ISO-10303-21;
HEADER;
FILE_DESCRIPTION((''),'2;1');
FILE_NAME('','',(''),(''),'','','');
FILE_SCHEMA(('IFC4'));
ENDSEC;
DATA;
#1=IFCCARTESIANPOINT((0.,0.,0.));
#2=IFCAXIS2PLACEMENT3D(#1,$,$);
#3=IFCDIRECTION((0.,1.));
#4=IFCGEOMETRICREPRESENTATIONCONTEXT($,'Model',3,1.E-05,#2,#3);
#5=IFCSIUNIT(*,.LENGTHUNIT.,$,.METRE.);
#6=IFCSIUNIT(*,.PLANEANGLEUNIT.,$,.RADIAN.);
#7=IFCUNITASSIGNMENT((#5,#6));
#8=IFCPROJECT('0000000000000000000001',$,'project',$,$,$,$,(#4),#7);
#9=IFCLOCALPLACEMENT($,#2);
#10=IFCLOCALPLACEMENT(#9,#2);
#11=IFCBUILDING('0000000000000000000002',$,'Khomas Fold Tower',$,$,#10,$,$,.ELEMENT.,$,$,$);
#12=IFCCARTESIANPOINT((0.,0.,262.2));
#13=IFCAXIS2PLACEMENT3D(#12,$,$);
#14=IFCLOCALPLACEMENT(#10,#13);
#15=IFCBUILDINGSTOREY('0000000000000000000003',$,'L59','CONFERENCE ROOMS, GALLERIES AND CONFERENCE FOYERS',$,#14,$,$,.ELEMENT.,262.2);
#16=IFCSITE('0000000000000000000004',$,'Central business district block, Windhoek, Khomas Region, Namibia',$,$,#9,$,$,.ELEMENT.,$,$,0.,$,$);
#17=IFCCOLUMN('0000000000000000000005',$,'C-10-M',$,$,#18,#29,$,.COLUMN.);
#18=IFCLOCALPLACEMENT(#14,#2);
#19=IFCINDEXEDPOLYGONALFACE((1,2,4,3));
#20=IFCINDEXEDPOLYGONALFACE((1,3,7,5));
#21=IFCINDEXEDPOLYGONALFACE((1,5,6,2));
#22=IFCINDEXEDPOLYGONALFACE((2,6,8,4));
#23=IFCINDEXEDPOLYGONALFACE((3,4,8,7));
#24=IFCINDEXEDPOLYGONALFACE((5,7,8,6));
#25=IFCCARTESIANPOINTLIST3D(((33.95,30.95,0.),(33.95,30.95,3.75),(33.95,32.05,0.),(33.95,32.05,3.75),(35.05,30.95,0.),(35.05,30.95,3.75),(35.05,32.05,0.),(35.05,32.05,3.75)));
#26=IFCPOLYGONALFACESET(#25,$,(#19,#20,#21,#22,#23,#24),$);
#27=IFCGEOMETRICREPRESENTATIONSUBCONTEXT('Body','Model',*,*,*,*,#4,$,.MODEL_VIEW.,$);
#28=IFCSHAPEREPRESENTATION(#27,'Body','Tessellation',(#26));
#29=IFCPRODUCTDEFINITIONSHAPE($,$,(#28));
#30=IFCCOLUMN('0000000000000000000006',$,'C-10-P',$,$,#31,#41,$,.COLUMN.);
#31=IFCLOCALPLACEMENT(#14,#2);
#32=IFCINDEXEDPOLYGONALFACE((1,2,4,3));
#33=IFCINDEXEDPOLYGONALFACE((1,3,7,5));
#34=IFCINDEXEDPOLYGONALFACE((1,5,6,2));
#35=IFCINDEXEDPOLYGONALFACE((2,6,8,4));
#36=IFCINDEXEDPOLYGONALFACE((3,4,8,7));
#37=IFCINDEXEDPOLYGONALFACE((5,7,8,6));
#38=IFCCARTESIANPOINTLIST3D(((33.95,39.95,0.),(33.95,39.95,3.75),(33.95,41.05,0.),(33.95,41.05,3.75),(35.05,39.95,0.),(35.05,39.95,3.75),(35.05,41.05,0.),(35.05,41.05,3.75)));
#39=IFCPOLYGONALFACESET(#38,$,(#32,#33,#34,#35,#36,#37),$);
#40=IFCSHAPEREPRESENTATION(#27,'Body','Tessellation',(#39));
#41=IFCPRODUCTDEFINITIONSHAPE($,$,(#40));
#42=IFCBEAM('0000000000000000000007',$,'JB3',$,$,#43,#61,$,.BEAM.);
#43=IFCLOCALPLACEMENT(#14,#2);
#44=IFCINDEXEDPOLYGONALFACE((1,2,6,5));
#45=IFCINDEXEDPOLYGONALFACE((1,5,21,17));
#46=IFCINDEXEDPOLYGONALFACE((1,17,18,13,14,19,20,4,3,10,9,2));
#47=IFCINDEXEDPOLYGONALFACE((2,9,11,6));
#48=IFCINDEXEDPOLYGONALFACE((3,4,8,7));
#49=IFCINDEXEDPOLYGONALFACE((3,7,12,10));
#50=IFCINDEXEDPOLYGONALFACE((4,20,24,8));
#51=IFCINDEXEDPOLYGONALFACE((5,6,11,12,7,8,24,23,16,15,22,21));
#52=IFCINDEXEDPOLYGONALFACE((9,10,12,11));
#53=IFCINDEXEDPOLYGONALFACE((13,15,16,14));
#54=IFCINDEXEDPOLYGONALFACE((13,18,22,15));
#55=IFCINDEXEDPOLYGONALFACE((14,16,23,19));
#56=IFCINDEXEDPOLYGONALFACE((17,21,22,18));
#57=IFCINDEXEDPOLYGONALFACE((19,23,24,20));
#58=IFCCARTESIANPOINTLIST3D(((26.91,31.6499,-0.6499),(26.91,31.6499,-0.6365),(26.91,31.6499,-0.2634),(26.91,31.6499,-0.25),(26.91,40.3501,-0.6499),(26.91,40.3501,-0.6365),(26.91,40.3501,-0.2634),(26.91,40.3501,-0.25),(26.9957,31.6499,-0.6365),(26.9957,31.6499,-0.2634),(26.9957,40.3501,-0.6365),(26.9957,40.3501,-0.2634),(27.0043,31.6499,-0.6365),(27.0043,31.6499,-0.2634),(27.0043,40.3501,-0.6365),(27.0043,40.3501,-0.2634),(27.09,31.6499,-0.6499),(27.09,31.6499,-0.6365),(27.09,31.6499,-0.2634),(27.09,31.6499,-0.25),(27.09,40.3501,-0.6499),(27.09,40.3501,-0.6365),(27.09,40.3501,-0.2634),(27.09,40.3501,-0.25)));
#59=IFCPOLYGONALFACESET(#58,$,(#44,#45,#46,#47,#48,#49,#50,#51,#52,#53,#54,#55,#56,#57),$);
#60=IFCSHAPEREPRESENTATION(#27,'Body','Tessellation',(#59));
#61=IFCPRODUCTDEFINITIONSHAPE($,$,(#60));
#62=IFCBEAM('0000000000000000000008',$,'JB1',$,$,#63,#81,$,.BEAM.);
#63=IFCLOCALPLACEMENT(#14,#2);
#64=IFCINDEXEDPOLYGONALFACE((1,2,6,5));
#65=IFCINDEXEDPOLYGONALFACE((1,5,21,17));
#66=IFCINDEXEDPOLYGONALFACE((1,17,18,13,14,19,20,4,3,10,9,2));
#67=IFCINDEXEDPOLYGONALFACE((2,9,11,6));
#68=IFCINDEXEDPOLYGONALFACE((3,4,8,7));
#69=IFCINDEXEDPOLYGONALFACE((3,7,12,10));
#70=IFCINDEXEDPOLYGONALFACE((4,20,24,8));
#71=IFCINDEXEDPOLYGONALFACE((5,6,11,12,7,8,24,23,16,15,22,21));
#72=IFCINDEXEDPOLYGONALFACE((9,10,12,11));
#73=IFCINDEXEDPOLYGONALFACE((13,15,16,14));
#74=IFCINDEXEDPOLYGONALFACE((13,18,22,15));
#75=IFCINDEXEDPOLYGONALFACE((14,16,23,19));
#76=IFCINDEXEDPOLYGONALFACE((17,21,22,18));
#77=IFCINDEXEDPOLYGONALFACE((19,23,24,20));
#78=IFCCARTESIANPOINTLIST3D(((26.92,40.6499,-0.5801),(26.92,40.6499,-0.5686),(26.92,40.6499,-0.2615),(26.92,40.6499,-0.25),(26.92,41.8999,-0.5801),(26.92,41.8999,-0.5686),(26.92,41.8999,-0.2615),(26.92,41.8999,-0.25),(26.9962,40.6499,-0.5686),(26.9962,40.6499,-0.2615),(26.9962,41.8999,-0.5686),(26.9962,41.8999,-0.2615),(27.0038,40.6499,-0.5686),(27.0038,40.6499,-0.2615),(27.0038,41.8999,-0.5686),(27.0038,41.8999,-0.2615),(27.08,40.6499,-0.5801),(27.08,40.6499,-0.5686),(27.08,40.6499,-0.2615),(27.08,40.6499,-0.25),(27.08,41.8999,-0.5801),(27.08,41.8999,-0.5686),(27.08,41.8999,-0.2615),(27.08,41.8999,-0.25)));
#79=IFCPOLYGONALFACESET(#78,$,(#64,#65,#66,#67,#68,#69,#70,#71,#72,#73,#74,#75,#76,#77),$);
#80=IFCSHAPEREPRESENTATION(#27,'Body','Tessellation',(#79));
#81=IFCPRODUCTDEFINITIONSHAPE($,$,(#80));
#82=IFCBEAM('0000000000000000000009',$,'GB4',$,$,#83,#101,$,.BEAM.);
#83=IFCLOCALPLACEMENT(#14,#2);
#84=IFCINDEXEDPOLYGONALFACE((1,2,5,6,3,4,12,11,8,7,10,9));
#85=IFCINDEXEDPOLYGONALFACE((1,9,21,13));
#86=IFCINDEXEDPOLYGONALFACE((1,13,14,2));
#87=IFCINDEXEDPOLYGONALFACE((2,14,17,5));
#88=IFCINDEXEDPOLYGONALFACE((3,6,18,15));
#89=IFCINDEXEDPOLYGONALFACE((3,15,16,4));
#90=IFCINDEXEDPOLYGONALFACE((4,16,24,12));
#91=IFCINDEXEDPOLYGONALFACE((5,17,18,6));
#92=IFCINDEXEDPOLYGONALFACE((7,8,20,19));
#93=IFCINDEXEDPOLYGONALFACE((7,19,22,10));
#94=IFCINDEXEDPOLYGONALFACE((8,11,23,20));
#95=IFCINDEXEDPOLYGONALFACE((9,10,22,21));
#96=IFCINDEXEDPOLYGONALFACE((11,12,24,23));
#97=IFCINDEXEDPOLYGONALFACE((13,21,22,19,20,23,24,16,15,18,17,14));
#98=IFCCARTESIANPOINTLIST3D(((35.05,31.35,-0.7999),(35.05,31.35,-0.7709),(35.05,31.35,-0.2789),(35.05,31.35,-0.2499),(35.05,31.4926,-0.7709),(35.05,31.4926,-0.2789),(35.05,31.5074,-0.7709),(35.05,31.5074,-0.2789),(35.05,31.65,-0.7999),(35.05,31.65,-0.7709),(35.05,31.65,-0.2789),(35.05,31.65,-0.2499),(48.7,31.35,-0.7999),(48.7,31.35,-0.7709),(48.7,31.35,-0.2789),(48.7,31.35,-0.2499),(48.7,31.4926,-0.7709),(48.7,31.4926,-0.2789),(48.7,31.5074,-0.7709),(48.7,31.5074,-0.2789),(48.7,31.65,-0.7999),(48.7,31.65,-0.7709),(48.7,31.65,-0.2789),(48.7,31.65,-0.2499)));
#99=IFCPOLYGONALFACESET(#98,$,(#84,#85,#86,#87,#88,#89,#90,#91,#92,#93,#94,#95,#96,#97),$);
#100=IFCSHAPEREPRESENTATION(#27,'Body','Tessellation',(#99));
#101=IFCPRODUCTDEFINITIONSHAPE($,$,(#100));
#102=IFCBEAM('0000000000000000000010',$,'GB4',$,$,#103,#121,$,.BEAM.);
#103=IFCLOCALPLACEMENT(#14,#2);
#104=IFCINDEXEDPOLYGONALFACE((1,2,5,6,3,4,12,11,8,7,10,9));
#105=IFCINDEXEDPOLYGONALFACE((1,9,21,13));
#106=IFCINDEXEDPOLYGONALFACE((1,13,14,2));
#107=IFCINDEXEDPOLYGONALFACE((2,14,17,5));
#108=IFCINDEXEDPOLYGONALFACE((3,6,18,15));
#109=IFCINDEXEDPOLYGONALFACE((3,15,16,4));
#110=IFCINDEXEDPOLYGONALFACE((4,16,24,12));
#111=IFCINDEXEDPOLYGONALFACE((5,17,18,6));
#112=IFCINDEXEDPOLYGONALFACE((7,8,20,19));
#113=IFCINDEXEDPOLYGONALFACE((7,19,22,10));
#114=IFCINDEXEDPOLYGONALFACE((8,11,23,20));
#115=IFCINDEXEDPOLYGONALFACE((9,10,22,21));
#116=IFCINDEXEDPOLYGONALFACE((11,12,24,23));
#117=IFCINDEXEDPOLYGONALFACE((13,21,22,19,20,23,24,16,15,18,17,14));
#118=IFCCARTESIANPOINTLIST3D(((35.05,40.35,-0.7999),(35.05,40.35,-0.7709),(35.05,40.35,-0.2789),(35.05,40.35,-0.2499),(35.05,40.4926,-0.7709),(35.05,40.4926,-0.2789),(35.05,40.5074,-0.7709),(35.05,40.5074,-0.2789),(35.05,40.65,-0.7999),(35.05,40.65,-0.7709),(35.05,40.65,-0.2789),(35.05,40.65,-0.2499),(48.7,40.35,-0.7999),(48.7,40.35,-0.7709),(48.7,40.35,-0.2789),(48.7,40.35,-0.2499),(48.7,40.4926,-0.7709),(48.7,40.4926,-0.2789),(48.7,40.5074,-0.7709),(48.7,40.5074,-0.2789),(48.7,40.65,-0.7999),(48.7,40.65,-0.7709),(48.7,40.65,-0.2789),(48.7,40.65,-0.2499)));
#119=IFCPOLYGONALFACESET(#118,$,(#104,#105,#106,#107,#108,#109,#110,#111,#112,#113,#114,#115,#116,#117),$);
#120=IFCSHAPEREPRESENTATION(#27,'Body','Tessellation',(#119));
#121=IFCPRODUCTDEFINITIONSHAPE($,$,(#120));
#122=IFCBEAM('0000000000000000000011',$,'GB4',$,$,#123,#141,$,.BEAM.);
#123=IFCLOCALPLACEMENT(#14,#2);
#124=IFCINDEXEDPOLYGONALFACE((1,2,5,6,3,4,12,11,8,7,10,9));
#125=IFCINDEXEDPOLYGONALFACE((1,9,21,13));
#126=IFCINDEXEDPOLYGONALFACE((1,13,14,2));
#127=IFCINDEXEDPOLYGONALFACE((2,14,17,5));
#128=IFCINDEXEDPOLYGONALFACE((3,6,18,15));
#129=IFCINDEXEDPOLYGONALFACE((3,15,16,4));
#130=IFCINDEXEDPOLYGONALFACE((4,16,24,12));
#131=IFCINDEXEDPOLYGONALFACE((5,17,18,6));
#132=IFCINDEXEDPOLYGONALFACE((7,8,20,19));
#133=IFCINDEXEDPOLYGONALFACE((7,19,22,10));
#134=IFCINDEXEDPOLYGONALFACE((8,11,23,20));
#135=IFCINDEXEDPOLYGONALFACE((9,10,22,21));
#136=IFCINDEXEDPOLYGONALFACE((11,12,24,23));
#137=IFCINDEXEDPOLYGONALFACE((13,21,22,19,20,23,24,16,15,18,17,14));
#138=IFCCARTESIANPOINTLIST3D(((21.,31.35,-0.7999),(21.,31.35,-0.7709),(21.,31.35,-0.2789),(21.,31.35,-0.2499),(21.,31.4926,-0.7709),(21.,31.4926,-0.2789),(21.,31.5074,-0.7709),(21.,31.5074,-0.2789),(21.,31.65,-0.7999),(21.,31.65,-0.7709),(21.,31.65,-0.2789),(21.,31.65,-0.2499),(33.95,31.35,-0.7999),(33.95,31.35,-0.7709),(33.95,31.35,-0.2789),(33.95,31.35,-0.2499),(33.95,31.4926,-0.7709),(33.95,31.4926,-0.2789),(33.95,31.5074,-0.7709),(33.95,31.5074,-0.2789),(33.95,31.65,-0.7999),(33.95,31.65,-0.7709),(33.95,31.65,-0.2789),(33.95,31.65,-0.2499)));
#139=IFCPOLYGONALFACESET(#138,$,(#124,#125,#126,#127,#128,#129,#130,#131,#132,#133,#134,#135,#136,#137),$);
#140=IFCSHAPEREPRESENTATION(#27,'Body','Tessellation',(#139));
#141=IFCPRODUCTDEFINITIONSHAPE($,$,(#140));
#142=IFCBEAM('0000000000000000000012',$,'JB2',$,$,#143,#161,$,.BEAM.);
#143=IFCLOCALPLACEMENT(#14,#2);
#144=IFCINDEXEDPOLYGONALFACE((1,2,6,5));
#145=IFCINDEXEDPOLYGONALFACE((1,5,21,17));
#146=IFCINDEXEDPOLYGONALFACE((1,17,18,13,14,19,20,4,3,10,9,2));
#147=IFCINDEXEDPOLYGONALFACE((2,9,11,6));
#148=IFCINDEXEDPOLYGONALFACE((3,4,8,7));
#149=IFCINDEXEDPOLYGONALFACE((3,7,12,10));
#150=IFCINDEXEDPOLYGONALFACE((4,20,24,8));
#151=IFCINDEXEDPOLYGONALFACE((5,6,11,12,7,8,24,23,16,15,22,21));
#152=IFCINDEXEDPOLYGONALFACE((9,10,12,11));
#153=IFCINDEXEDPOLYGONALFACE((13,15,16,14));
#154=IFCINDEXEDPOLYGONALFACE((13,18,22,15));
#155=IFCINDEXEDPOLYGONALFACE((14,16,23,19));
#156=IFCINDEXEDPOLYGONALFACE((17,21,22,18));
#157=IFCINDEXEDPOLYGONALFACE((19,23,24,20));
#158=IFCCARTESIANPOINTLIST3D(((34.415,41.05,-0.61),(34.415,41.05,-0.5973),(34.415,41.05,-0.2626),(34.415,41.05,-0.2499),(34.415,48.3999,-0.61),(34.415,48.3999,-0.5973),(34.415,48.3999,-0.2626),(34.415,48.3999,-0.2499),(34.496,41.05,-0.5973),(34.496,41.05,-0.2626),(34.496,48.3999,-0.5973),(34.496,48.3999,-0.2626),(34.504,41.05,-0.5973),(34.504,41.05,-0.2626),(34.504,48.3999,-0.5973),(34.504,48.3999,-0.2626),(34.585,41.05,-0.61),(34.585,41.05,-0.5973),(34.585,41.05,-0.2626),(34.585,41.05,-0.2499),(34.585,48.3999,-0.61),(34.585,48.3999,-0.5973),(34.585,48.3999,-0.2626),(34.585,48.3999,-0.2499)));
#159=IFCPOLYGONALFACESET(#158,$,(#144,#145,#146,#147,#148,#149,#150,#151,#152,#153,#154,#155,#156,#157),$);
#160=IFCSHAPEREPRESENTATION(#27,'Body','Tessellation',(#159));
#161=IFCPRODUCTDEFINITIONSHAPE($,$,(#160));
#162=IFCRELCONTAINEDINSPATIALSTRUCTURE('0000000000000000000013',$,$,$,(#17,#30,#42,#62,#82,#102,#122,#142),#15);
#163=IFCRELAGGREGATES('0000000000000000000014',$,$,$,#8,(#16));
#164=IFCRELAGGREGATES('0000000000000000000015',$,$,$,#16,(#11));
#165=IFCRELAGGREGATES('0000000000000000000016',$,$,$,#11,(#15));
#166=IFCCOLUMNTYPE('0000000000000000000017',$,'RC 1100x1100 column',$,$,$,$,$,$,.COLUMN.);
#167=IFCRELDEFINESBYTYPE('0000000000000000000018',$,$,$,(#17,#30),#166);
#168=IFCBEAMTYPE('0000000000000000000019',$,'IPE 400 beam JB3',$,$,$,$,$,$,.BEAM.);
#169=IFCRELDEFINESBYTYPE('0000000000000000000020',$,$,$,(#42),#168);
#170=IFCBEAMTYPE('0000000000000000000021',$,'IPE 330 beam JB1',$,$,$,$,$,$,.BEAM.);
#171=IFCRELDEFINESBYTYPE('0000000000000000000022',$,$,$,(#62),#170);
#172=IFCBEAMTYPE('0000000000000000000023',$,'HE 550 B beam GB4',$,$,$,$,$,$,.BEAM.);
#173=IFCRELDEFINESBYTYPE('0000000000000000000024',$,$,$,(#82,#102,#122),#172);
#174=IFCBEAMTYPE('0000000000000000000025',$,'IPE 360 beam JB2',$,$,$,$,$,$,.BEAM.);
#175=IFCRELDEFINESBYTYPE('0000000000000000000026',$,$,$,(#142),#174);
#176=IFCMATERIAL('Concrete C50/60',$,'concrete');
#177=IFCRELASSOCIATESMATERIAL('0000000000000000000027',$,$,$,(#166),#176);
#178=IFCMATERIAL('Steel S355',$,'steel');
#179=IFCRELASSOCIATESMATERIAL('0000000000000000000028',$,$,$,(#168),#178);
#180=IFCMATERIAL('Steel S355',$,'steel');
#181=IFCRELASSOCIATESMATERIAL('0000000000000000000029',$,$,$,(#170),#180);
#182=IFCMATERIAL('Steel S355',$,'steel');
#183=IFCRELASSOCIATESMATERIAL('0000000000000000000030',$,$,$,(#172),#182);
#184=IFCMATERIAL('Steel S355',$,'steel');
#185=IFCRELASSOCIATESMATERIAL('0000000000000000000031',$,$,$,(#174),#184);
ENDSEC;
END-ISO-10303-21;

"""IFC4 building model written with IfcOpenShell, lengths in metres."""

from ifc_helpers import new_model, si_unit, direction, frame, origin, origin_2d, place, context, subcontext, project, spatial, rectangle, i_section, extrude, source, transform, mapped, material, material_profile, profile_set, type_object, element, save


model = new_model("IFC4")

# Units and contexts
model_context = context("Model", 3, precision=1e-05, world=origin(), true_north=direction((0.0, 1.0)))
body_context = subcontext(model_context, "Body", "Model", "MODEL_VIEW")
ifc_project = project(units=[si_unit("LENGTHUNIT", "METRE"), si_unit("PLANEANGLEUNIT", "RADIAN")], contexts=[model_context])

# Site, building, storey
site_placement = place(None, origin())
site = spatial("IfcSite", under=ifc_project, at=site_placement, Name="Central business district block, Windhoek, Khomas Region, Namibia", CompositionType="ELEMENT", RefElevation=0.0)
building_placement = place(site_placement, origin())
building = spatial("IfcBuilding", under=site, at=building_placement, Name="Khomas Fold Tower", CompositionType="ELEMENT")
storey_placement = place(building_placement, frame((0.0, 0.0, 262.2)))
storey = spatial("IfcBuildingStorey", under=building, at=storey_placement, Name="L59", Description="CONFERENCE ROOMS, GALLERIES AND CONFERENCE FOYERS", CompositionType="ELEMENT", Elevation=262.2)

# Columns
ifc_material_1 = material(Name="Concrete C50/60", Category="concrete")
ifc_material_profile_1 = material_profile(ifc_material_1, rectangle(XDim=1.1001, YDim=1.1001, at=origin_2d()), Name="RC 1100x1100")
ifc_profile_set_1 = profile_set([ifc_material_profile_1], Name="Concrete C50/60")
column_type = type_object("IfcColumnType", Name="RC 1100x1100 column", PredefinedType="COLUMN", material=ifc_profile_set_1)
shared_shape_1 = source(origin(), body_context, "Body", "SweptSolid", [
    extrude(rectangle(XDim=1.1001, YDim=1.1001, at=origin_2d()), origin(), (0.0, 0.0, 1.0), 3.75),
])
for number, where, z_axis, x_axis, name in (
    (1, (34.5, 31.5, 0.0), (0.0, 0.0, 1.0), (1.0, 0.0, 0.0), "C-10-M"),
    (2, (34.5, 40.5, 0.0), (0.0, 0.0, 1.0), (1.0, 0.0, 0.0), "C-10-P"),
):
    element("IfcColumn", number, at=place(storey_placement, frame(where, z_axis=z_axis, x_axis=x_axis)), inside=storey, type_object=column_type, Name=name, PredefinedType="COLUMN", context=body_context, shape_type="MappedRepresentation", body=[
        mapped(shared_shape_1, transform((0.0, 0.0, 0.0))),
    ])

# Beams
ifc_material_2 = material(Name="Steel S355", Category="steel")
ifc_material_profile_2 = material_profile(ifc_material_2, i_section(OverallWidth=0.1799, OverallDepth=0.3999, WebThickness=0.0085, FlangeThickness=0.0134, at=origin_2d()), Name="IPE 400")
ifc_profile_set_2 = profile_set([ifc_material_profile_2], Name="Steel S355")
beam_type_1 = type_object("IfcBeamType", Name="IPE 400 beam JB3", PredefinedType="BEAM", material=ifc_profile_set_2)
shared_shape_2 = source(origin(), body_context, "Body", "SweptSolid", [
    extrude(i_section(OverallWidth=0.1799, OverallDepth=0.3999, WebThickness=0.0085, FlangeThickness=0.0134, at=origin_2d()), origin(), (0.0, 0.0, 1.0), 8.7002),
])
beam_1_placement = place(storey_placement, frame((27.0, 31.6499, -0.45), z_axis=(0.0, 1.0, 0.0), x_axis=(-1.0, 0.0, 0.0)))
element("IfcBeam", 3, at=beam_1_placement, inside=storey, type_object=beam_type_1, Name="JB3", PredefinedType="BEAM", context=body_context, shape_type="MappedRepresentation", body=[
    mapped(shared_shape_2, transform((0.0, 0.0, 0.0))),
])
ifc_material_3 = material(Name="Steel S355", Category="steel")
ifc_material_profile_3 = material_profile(ifc_material_3, i_section(OverallWidth=0.1599, OverallDepth=0.3301, WebThickness=0.0076, FlangeThickness=0.0115, at=origin_2d()), Name="IPE 330")
ifc_profile_set_3 = profile_set([ifc_material_profile_3], Name="Steel S355")
beam_type_2 = type_object("IfcBeamType", Name="IPE 330 beam JB1", PredefinedType="BEAM", material=ifc_profile_set_3)
shared_shape_3 = source(origin(), body_context, "Body", "SweptSolid", [
    extrude(i_section(OverallWidth=0.1599, OverallDepth=0.3301, WebThickness=0.0076, FlangeThickness=0.0115, at=origin_2d()), origin(), (0.0, 0.0, 1.0), 1.25),
])
beam_2_placement = place(storey_placement, frame((27.0, 40.6499, -0.415), z_axis=(0.0, 1.0, 0.0), x_axis=(-1.0, 0.0, 0.0)))
element("IfcBeam", 4, at=beam_2_placement, inside=storey, type_object=beam_type_2, Name="JB1", PredefinedType="BEAM", context=body_context, shape_type="MappedRepresentation", body=[
    mapped(shared_shape_3, transform((0.0, 0.0, 0.0))),
])
ifc_material_4 = material(Name="Steel S355", Category="steel")
ifc_material_profile_4 = material_profile(ifc_material_4, i_section(OverallWidth=0.3, OverallDepth=0.55, WebThickness=0.0149, FlangeThickness=0.0291, at=origin_2d()), Name="HE 550 B")
ifc_profile_set_4 = profile_set([ifc_material_profile_4], Name="Steel S355")
beam_type_3 = type_object("IfcBeamType", Name="HE 550 B beam GB4", PredefinedType="BEAM", material=ifc_profile_set_4)
shared_shape_4 = source(origin(), body_context, "Body", "SweptSolid", [
    extrude(i_section(OverallWidth=0.3, OverallDepth=0.55, WebThickness=0.0149, FlangeThickness=0.0291, at=origin_2d()), origin(), (0.0, 0.0, 1.0), 13.6499),
])
for number, where, z_axis, x_axis, name in (
    (5, (35.05, 31.5, -0.5249), (1.0, 0.0, 0.0), (0.0, 1.0, 0.0), "GB4"),
    (6, (35.05, 40.5, -0.5249), (1.0, 0.0, 0.0), (0.0, 1.0, 0.0), "GB4"),
):
    element("IfcBeam", number, at=place(storey_placement, frame(where, z_axis=z_axis, x_axis=x_axis)), inside=storey, type_object=beam_type_3, Name=name, PredefinedType="BEAM", context=body_context, shape_type="MappedRepresentation", body=[
        mapped(shared_shape_4, transform((0.0, 0.0, 0.0))),
    ])
shared_shape_5 = source(origin(), body_context, "Body", "SweptSolid", [
    extrude(i_section(OverallWidth=0.3, OverallDepth=0.55, WebThickness=0.0149, FlangeThickness=0.0291, at=origin_2d()), origin(), (0.0, 0.0, 1.0), 12.95),
])
beam_3_placement = place(storey_placement, frame((21.0, 31.5, -0.5249), z_axis=(1.0, 0.0, 0.0), x_axis=(0.0, 1.0, 0.0)))
element("IfcBeam", 7, at=beam_3_placement, inside=storey, type_object=beam_type_3, Name="GB4", PredefinedType="BEAM", context=body_context, shape_type="MappedRepresentation", body=[
    mapped(shared_shape_5, transform((0.0, 0.0, 0.0))),
])
ifc_material_5 = material(Name="Steel S355", Category="steel")
ifc_material_profile_5 = material_profile(ifc_material_5, i_section(OverallWidth=0.1699, OverallDepth=0.3601, WebThickness=0.0081, FlangeThickness=0.0127, at=origin_2d()), Name="IPE 360")
ifc_profile_set_5 = profile_set([ifc_material_profile_5], Name="Steel S355")
beam_type_4 = type_object("IfcBeamType", Name="IPE 360 beam JB2", PredefinedType="BEAM", material=ifc_profile_set_5)
shared_shape_6 = source(origin(), body_context, "Body", "SweptSolid", [
    extrude(i_section(OverallWidth=0.1699, OverallDepth=0.3601, WebThickness=0.0081, FlangeThickness=0.0127, at=origin_2d()), origin(), (0.0, 0.0, 1.0), 7.3499),
])
beam_4_placement = place(storey_placement, frame((34.5, 41.05, -0.4299), z_axis=(0.0, 1.0, 0.0), x_axis=(-1.0, 0.0, 0.0)))
element("IfcBeam", 8, at=beam_4_placement, inside=storey, type_object=beam_type_4, Name="JB2", PredefinedType="BEAM", context=body_context, shape_type="MappedRepresentation", body=[
    mapped(shared_shape_6, transform((0.0, 0.0, 0.0))),
])

save(model, "model.ifc")
